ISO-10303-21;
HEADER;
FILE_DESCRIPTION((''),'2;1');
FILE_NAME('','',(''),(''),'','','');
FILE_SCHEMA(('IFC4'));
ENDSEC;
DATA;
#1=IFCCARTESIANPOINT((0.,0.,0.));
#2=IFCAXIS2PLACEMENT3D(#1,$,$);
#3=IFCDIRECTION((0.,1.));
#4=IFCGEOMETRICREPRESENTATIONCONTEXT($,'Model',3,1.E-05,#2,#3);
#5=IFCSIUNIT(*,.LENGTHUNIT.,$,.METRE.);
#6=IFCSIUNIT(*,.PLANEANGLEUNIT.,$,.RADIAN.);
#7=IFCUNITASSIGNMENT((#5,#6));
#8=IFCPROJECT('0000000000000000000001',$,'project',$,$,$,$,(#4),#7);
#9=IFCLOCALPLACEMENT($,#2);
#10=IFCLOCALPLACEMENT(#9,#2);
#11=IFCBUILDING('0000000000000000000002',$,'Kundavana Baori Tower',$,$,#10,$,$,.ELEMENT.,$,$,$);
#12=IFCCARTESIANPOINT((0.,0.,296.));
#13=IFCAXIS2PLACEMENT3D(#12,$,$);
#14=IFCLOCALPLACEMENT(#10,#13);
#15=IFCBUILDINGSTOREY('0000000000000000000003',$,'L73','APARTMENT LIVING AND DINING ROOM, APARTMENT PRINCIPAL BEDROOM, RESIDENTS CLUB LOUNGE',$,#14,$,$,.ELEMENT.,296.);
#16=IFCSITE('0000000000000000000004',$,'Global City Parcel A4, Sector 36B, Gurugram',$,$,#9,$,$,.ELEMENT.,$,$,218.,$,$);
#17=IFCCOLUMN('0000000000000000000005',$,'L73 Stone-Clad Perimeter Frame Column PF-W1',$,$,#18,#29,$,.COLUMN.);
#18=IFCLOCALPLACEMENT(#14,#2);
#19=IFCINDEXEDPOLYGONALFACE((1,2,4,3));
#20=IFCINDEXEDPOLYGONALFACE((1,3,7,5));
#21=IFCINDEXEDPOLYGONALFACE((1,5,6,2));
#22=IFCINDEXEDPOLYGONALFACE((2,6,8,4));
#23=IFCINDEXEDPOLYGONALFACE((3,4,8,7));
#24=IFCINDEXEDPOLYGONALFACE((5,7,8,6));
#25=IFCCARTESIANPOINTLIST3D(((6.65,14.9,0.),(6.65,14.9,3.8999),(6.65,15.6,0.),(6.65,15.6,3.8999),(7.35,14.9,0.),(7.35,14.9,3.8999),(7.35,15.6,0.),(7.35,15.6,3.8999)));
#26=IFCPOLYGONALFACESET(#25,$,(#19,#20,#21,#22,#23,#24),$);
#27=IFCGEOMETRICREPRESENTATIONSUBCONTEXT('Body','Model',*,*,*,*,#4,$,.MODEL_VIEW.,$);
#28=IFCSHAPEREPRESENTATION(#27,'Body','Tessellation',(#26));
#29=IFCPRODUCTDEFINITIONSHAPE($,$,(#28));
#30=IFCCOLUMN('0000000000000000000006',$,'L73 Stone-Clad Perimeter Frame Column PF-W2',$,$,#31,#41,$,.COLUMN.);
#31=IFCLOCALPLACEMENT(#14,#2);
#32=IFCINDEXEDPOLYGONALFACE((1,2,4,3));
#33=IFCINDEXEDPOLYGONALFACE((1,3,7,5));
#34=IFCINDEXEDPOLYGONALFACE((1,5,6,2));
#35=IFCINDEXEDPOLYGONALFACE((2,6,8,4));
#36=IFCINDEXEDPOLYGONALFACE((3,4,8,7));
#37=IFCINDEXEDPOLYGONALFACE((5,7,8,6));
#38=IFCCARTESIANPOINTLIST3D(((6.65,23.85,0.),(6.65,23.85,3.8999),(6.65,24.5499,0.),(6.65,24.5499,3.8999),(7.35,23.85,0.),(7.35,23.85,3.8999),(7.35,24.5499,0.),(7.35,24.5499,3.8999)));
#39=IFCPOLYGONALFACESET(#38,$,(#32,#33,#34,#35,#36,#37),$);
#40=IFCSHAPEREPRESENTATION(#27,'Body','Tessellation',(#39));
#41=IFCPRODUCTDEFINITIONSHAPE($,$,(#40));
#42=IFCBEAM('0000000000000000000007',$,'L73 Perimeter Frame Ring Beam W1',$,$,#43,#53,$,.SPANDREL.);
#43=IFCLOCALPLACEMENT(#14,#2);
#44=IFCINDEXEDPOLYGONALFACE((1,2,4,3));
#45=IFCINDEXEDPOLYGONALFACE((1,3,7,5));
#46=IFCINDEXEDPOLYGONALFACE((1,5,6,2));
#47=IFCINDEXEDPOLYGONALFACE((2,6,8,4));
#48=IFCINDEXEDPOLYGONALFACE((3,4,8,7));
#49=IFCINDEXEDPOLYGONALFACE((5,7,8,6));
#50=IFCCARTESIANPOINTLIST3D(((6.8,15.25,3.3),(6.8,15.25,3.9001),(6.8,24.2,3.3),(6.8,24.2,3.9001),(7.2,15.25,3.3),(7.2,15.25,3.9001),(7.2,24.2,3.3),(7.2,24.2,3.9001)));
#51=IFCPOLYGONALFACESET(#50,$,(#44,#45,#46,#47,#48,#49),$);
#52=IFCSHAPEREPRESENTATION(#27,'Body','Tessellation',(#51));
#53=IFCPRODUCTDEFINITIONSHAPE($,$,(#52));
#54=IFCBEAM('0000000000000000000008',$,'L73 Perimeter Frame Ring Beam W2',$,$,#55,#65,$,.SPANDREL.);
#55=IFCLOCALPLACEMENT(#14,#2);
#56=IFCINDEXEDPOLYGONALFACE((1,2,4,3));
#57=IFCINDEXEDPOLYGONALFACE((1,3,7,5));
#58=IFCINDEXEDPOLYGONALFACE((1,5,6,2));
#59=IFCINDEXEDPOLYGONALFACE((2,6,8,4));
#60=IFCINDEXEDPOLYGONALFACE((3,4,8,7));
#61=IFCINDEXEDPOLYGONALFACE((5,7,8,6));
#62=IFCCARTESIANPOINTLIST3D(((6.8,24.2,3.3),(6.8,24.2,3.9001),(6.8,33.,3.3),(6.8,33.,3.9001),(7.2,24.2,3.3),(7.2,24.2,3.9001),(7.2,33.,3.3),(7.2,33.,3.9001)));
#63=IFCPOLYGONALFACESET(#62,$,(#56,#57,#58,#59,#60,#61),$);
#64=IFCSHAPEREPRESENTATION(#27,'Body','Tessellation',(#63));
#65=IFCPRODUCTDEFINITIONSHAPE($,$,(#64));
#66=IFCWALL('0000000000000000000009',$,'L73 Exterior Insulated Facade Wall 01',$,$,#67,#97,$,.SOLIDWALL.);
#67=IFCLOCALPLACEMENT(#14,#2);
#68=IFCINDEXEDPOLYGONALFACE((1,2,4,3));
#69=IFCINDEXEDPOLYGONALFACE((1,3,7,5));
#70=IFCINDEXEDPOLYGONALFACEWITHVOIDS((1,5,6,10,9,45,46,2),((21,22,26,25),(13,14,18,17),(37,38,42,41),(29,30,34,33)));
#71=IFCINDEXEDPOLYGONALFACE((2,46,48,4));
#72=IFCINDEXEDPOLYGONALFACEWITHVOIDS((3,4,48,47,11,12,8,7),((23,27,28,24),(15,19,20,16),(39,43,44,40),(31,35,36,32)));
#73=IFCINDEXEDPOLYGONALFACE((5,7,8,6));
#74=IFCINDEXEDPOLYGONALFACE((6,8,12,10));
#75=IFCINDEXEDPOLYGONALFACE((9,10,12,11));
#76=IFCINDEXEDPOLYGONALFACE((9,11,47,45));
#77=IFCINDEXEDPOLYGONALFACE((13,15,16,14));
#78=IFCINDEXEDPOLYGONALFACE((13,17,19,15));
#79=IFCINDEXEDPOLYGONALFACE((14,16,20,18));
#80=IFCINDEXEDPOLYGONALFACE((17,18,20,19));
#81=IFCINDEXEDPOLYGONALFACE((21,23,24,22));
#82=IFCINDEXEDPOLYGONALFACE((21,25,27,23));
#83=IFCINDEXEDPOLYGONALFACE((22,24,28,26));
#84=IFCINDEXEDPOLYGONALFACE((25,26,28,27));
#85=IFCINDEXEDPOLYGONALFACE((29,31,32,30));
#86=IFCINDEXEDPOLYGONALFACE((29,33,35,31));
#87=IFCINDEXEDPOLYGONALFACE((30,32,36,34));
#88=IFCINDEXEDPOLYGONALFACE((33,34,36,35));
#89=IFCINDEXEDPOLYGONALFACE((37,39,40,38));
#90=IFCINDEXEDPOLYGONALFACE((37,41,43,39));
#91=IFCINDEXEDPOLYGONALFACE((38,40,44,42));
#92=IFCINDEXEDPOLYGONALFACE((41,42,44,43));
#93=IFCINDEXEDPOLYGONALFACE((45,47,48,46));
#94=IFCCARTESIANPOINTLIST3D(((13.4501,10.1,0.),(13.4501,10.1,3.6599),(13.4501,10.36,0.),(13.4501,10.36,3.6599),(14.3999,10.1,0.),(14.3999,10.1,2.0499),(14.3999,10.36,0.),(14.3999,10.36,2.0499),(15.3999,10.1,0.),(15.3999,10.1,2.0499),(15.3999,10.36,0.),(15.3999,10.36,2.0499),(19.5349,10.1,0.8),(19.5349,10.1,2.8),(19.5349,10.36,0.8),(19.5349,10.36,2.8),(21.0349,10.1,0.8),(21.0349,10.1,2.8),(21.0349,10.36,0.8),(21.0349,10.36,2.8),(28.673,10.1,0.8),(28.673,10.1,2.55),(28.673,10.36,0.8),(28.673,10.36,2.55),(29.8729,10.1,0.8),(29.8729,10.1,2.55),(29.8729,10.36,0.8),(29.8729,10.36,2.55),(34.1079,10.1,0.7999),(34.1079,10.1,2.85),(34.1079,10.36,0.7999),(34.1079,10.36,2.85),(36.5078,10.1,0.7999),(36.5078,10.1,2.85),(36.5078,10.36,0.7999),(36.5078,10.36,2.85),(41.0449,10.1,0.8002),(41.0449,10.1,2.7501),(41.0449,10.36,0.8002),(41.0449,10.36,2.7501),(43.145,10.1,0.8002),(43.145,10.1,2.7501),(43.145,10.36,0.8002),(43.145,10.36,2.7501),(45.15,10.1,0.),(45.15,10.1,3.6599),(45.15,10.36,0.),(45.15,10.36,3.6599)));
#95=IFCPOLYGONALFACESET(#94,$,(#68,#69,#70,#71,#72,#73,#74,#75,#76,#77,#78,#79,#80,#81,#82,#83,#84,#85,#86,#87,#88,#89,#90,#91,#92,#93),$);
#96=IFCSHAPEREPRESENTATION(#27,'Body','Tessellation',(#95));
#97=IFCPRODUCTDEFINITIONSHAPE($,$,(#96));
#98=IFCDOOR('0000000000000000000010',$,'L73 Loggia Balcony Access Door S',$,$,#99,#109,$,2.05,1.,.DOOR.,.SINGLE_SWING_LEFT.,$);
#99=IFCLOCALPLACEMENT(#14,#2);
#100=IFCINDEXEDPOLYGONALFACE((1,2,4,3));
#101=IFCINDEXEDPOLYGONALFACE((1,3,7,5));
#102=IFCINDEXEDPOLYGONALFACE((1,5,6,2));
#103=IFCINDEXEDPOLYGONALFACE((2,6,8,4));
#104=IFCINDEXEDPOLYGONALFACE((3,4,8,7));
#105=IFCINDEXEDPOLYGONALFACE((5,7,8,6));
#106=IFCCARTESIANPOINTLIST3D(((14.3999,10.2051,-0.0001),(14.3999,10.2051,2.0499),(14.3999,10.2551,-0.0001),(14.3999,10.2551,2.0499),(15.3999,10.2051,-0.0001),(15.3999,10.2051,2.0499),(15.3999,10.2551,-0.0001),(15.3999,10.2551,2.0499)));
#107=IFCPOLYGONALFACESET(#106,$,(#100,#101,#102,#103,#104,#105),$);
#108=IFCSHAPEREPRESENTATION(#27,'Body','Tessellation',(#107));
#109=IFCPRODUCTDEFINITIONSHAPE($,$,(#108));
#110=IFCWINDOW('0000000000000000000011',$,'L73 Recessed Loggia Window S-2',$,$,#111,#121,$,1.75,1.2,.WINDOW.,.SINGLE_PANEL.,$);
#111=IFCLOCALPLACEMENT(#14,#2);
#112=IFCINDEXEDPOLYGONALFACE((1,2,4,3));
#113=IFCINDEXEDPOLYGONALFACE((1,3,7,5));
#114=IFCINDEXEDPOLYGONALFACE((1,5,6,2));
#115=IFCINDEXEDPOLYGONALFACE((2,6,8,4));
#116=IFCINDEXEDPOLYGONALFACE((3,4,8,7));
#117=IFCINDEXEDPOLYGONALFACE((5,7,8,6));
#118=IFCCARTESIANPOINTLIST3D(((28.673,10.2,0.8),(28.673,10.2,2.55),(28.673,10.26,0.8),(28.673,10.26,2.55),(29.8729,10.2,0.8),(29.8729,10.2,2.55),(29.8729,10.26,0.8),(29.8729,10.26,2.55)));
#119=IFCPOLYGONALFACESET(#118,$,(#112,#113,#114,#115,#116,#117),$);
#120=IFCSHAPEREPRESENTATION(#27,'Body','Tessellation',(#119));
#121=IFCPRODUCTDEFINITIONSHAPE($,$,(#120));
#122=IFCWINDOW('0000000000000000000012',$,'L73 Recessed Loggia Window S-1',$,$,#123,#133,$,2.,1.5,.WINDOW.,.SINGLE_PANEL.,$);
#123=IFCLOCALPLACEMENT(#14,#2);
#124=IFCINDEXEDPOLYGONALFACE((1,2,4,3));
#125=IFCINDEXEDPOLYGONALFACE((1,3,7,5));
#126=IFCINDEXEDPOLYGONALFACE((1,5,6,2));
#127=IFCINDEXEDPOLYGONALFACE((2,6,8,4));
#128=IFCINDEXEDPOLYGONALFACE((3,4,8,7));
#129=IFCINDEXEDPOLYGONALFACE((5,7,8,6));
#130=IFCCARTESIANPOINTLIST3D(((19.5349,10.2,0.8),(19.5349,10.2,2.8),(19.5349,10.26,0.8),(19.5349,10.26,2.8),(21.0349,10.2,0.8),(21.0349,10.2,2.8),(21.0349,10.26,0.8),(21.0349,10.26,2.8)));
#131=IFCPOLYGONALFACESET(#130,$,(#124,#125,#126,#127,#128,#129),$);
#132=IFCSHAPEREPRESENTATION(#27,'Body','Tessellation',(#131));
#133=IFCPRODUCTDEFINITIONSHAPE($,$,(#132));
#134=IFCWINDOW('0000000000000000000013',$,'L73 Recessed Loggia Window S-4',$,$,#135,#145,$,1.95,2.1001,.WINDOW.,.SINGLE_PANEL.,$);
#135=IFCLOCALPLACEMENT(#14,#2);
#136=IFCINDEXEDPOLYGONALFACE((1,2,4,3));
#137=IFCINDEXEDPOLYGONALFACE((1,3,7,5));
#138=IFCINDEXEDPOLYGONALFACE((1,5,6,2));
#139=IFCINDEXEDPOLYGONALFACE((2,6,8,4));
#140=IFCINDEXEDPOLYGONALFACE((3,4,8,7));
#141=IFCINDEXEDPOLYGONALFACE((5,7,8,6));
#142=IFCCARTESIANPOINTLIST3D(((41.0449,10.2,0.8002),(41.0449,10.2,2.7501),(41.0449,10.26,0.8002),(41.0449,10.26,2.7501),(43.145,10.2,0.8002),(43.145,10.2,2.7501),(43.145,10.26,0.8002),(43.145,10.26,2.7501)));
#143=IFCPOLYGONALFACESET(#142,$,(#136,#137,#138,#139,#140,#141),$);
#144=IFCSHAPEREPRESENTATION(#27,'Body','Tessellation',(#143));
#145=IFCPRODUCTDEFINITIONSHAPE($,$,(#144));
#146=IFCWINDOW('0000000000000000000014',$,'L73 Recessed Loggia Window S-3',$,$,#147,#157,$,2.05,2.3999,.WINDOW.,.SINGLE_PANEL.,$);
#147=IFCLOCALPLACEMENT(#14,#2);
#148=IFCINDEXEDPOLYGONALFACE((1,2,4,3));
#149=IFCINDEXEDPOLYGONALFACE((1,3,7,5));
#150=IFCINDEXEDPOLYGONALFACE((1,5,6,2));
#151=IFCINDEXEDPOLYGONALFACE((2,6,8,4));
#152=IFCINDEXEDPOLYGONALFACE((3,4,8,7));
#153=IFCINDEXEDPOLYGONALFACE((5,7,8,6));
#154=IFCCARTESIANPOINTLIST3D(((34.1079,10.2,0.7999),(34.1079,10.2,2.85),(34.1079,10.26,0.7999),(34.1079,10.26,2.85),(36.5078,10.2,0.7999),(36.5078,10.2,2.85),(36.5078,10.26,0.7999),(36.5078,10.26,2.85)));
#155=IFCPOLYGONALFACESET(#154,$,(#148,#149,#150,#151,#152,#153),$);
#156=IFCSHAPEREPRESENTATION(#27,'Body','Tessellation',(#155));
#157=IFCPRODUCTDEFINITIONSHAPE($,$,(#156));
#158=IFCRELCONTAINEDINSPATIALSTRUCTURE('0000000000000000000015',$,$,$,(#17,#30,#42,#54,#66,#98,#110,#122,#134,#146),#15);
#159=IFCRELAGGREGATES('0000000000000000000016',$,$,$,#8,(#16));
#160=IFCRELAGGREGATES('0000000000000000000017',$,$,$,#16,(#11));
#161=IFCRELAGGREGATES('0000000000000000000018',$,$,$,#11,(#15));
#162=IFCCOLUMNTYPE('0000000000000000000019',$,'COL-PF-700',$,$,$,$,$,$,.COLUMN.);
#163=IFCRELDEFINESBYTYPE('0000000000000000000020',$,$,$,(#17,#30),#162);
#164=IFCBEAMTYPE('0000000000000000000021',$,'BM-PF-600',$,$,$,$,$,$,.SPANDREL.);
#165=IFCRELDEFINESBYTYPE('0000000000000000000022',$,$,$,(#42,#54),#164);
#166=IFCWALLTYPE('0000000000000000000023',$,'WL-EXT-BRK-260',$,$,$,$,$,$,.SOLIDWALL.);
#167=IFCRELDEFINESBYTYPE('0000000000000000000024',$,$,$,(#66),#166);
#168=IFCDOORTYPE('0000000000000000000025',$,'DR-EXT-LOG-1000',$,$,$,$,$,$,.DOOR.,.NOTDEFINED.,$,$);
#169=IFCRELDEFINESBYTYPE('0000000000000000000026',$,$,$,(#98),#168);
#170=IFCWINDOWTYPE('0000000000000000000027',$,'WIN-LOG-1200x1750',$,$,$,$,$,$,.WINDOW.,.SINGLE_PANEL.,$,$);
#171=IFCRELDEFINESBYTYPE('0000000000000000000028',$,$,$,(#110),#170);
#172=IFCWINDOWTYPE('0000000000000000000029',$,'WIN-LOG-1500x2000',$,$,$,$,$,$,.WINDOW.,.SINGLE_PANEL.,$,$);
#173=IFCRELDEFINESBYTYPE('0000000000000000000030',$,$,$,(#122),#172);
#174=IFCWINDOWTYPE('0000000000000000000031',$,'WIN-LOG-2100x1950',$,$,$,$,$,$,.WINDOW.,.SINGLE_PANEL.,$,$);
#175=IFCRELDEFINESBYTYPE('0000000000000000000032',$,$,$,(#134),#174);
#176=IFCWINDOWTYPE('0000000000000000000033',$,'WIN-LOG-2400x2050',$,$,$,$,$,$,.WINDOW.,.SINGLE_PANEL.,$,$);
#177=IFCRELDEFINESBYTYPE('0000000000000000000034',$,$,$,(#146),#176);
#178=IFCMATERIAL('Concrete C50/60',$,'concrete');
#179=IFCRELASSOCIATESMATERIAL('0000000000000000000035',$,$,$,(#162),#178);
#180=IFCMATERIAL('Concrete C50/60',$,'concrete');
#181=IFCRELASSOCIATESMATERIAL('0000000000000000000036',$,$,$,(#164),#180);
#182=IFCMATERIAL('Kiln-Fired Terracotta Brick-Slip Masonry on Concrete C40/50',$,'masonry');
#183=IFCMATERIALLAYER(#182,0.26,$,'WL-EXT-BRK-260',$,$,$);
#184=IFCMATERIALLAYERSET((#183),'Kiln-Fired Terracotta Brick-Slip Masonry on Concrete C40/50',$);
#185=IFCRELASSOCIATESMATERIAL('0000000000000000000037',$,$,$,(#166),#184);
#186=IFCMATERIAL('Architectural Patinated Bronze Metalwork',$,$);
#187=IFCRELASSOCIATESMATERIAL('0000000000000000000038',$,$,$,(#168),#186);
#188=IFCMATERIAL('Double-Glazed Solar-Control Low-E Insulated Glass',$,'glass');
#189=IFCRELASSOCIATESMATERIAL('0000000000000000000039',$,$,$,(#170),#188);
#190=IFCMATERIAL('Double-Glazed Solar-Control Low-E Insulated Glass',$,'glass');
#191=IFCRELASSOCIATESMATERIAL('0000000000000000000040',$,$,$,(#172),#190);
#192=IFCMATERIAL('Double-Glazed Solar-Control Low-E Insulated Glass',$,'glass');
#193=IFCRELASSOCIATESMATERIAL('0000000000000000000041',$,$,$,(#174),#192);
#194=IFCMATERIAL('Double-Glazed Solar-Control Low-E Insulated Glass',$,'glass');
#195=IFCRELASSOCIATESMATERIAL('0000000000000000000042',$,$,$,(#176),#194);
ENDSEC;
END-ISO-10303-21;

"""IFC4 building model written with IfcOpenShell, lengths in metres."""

from ifc_helpers import new_model, si_unit, direction, frame, frame_2d, origin, origin_2d, place, context, subcontext, project, spatial, rectangle, extrude, material, layer, layer_set, material_profile, profile_set, type_object, element, fill, save


model = new_model("IFC4")

# Units and contexts
model_context = context("Model", 3, precision=1e-05, world=origin(), true_north=direction((0.0, 1.0)))
body_context = subcontext(model_context, "Body", "Model", "MODEL_VIEW")
ifc_project = project(units=[si_unit("LENGTHUNIT", "METRE"), si_unit("PLANEANGLEUNIT", "RADIAN")], contexts=[model_context])

# Site, building, storey
site_placement = place(None, origin())
site = spatial("IfcSite", under=ifc_project, at=site_placement, Name="Global City Parcel A4, Sector 36B, Gurugram", CompositionType="ELEMENT", RefElevation=218.0)
building_placement = place(site_placement, origin())
building = spatial("IfcBuilding", under=site, at=building_placement, Name="Kundavana Baori Tower", CompositionType="ELEMENT")
storey_placement = place(building_placement, frame((0.0, 0.0, 296.0)))
storey = spatial("IfcBuildingStorey", under=building, at=storey_placement, Name="L73", Description="APARTMENT LIVING AND DINING ROOM, APARTMENT PRINCIPAL BEDROOM, RESIDENTS CLUB LOUNGE", CompositionType="ELEMENT", Elevation=296.0)

# Columns
ifc_material_1 = material(Name="Concrete C50/60", Category="concrete")
ifc_material_profile_1 = material_profile(ifc_material_1, rectangle(XDim=0.7, YDim=0.7, at=origin_2d()), Name="RC PF 700x700")
ifc_profile_set_1 = profile_set([ifc_material_profile_1], Name="Concrete C50/60")
column_type = type_object("IfcColumnType", Name="COL-PF-700", PredefinedType="COLUMN", material=ifc_profile_set_1)
for number, where, z_axis, x_axis, name in (
    (1, (7.0, 15.25, 0.0), (0.0, 0.0, 1.0), (1.0, 0.0, 0.0), "L73 Stone-Clad Perimeter Frame Column PF-W1"),
    (2, (7.0, 24.2, 0.0), (0.0, 0.0, 1.0), (1.0, 0.0, 0.0), "L73 Stone-Clad Perimeter Frame Column PF-W2"),
):
    element("IfcColumn", number, at=place(storey_placement, frame(where, z_axis=z_axis, x_axis=x_axis)), inside=storey, type_object=column_type, Name=name, PredefinedType="COLUMN", context=body_context, shape_type="SweptSolid", body=[
        extrude(rectangle(XDim=0.7, YDim=0.7, at=origin_2d()), origin(), (0.0, 0.0, 1.0), 3.8999),
    ])

# Beams
ifc_material_2 = material(Name="Concrete C50/60", Category="concrete")
ifc_material_profile_2 = material_profile(ifc_material_2, rectangle(XDim=0.3999, YDim=0.6001, at=origin_2d()), Name="RC BM 400x600")
ifc_profile_set_2 = profile_set([ifc_material_profile_2], Name="Concrete C50/60")
beam_type = type_object("IfcBeamType", Name="BM-PF-600", PredefinedType="SPANDREL", material=ifc_profile_set_2)
beam_1_placement = place(storey_placement, frame((7.0, 15.25, 3.6001), z_axis=(0.0, 1.0, 0.0), x_axis=(-1.0, 0.0, 0.0)))
element("IfcBeam", 3, at=beam_1_placement, inside=storey, type_object=beam_type, Name="L73 Perimeter Frame Ring Beam W1", PredefinedType="SPANDREL", context=body_context, shape_type="SweptSolid", body=[
    extrude(rectangle(XDim=0.3999, YDim=0.6001, at=origin_2d()), origin(), (0.0, 0.0, 1.0), 8.95),
])
beam_2_placement = place(storey_placement, frame((7.0, 24.2, 3.6001), z_axis=(0.0, 1.0, 0.0), x_axis=(-1.0, 0.0, 0.0)))
element("IfcBeam", 4, at=beam_2_placement, inside=storey, type_object=beam_type, Name="L73 Perimeter Frame Ring Beam W2", PredefinedType="SPANDREL", context=body_context, shape_type="SweptSolid", body=[
    extrude(rectangle(XDim=0.3999, YDim=0.6001, at=origin_2d()), origin(), (0.0, 0.0, 1.0), 8.8),
])

# Wall, openings, door, windows
ifc_material_3 = material(Name="Kiln-Fired Terracotta Brick-Slip Masonry on Concrete C40/50", Category="masonry")
ifc_layer_1 = layer(ifc_material_3, 0.26, Name="WL-EXT-BRK-260")
ifc_layer_set_1 = layer_set([ifc_layer_1], Name="Kiln-Fired Terracotta Brick-Slip Masonry on Concrete C40/50")
wall_type_1 = type_object("IfcWallType", Name="WL-EXT-BRK-260", PredefinedType="SOLIDWALL", material=ifc_layer_set_1)
wall_1_placement = place(storey_placement, frame((13.45, 10.23, 0.0), z_axis=(0.0, 0.0, 1.0), x_axis=(1.0, 0.0, 0.0)))
wall_1 = element("IfcWall", 5, at=wall_1_placement, inside=storey, type_object=wall_type_1, Name="L73 Exterior Insulated Facade Wall 01", PredefinedType="SOLIDWALL", context=body_context, shape_type="SweptSolid", body=[
    extrude(rectangle(XDim=31.7, YDim=0.26, at=frame_2d((15.8501, 0.0))), origin(), (0.0, 0.0, 1.0), 3.6599),
])
opening_1_placement = place(wall_1_placement, frame((0.95, 0.0, 0.0)))
opening_1 = element("IfcOpeningElement", 6, at=opening_1_placement, cuts=wall_1, PredefinedType="OPENING", context=body_context, shape_type="SweptSolid", body=[
    extrude(rectangle(XDim=1.0, YDim=2.05, at=frame_2d((0.5, 1.0249))), frame((0.0, 0.1401, 0.0), z_axis=(0.0, -1.0, 0.0), x_axis=(1.0, 0.0, 0.0)), (0.0, 0.0, 1.0), 0.28),
])
opening_2_placement = place(wall_1_placement, frame((6.085, 0.0, 0.8)))
opening_2 = element("IfcOpeningElement", 7, at=opening_2_placement, cuts=wall_1, PredefinedType="OPENING", context=body_context, shape_type="SweptSolid", body=[
    extrude(rectangle(XDim=1.5, YDim=2.0, at=frame_2d((0.75, 1.0))), frame((0.0, 0.1401, 0.0), z_axis=(0.0, -1.0, 0.0), x_axis=(1.0, 0.0, 0.0)), (0.0, 0.0, 1.0), 0.28),
])
opening_3_placement = place(wall_1_placement, frame((15.2229, 0.0, 0.8)))
opening_3 = element("IfcOpeningElement", 8, at=opening_3_placement, cuts=wall_1, PredefinedType="OPENING", context=body_context, shape_type="SweptSolid", body=[
    extrude(rectangle(XDim=1.2, YDim=1.75, at=frame_2d((0.6001, 0.875))), frame((0.0, 0.1401, 0.0), z_axis=(0.0, -1.0, 0.0), x_axis=(1.0, 0.0, 0.0)), (0.0, 0.0, 1.0), 0.28),
])
opening_4_placement = place(wall_1_placement, frame((20.658, 0.0, 0.8)))
opening_4 = element("IfcOpeningElement", 9, at=opening_4_placement, cuts=wall_1, PredefinedType="OPENING", context=body_context, shape_type="SweptSolid", body=[
    extrude(rectangle(XDim=2.3999, YDim=2.05, at=frame_2d((1.2, 1.0249))), frame((0.0, 0.1401, 0.0), z_axis=(0.0, -1.0, 0.0), x_axis=(1.0, 0.0, 0.0)), (0.0, 0.0, 1.0), 0.28),
])
opening_5_placement = place(wall_1_placement, frame((27.595, 0.0, 0.8)))
opening_5 = element("IfcOpeningElement", 10, at=opening_5_placement, cuts=wall_1, PredefinedType="OPENING", context=body_context, shape_type="SweptSolid", body=[
    extrude(rectangle(XDim=2.1001, YDim=1.95, at=frame_2d((1.05, 0.9751))), frame((0.0, 0.1401, 0.0), z_axis=(0.0, -1.0, 0.0), x_axis=(1.0, 0.0, 0.0)), (0.0, 0.0, 1.0), 0.28),
])
ifc_material_4 = material(Name="Architectural Patinated Bronze Metalwork")
door_type_1 = type_object("IfcDoorType", Name="DR-EXT-LOG-1000", OperationType="NOTDEFINED", PredefinedType="DOOR", material=ifc_material_4)
door_1_placement = place(opening_1_placement, frame((1.0, 0.0, 0.0), z_axis=(0.0, 0.0, 1.0), x_axis=(-1.0, 0.0, 0.0)))
door_1 = element("IfcDoor", 11, at=door_1_placement, inside=storey, type_object=door_type_1, Name="L73 Loggia Balcony Access Door S", OperationType="SINGLE_SWING_LEFT", OverallHeight=2.05, OverallWidth=1.0, PredefinedType="DOOR", context=body_context, shape_type="SweptSolid", body=[
    extrude(rectangle(XDim=1.0, YDim=2.05, at=frame_2d((0.5, 1.0249))), frame((0.0, 0.0249, 0.0), z_axis=(0.0, -1.0, 0.0), x_axis=(1.0, 0.0, 0.0)), (0.0, 0.0, 1.0), 0.05),
])
fill(opening_1, door_1)
ifc_material_5 = material(Name="Double-Glazed Solar-Control Low-E Insulated Glass", Category="glass")
window_type_1 = type_object("IfcWindowType", Name="WIN-LOG-1200x1750", PartitioningType="SINGLE_PANEL", PredefinedType="WINDOW", material=ifc_material_5)
window_1_placement = place(opening_3_placement, origin())
window_1 = element("IfcWindow", 12, at=window_1_placement, inside=storey, type_object=window_type_1, Name="L73 Recessed Loggia Window S-2", OverallHeight=1.75, OverallWidth=1.2, PartitioningType="SINGLE_PANEL", PredefinedType="WINDOW", context=body_context, shape_type="SweptSolid", body=[
    extrude(rectangle(XDim=1.2, YDim=1.75, at=frame_2d((0.6001, 0.875))), frame((0.0, 0.03, 0.0), z_axis=(0.0, -1.0, 0.0), x_axis=(1.0, 0.0, 0.0)), (0.0, 0.0, 1.0), 0.0601),
])
fill(opening_3, window_1)
ifc_material_6 = material(Name="Double-Glazed Solar-Control Low-E Insulated Glass", Category="glass")
window_type_2 = type_object("IfcWindowType", Name="WIN-LOG-1500x2000", PartitioningType="SINGLE_PANEL", PredefinedType="WINDOW", material=ifc_material_6)
window_2_placement = place(opening_2_placement, origin())
window_2 = element("IfcWindow", 13, at=window_2_placement, inside=storey, type_object=window_type_2, Name="L73 Recessed Loggia Window S-1", OverallHeight=2.0, OverallWidth=1.5, PartitioningType="SINGLE_PANEL", PredefinedType="WINDOW", context=body_context, shape_type="SweptSolid", body=[
    extrude(rectangle(XDim=1.5, YDim=2.0, at=frame_2d((0.75, 1.0))), frame((0.0, 0.03, 0.0), z_axis=(0.0, -1.0, 0.0), x_axis=(1.0, 0.0, 0.0)), (0.0, 0.0, 1.0), 0.0601),
])
fill(opening_2, window_2)
ifc_material_7 = material(Name="Double-Glazed Solar-Control Low-E Insulated Glass", Category="glass")
window_type_3 = type_object("IfcWindowType", Name="WIN-LOG-2100x1950", PartitioningType="SINGLE_PANEL", PredefinedType="WINDOW", material=ifc_material_7)
window_3_placement = place(opening_5_placement, origin())
window_3 = element("IfcWindow", 14, at=window_3_placement, inside=storey, type_object=window_type_3, Name="L73 Recessed Loggia Window S-4", OverallHeight=1.95, OverallWidth=2.1001, PartitioningType="SINGLE_PANEL", PredefinedType="WINDOW", context=body_context, shape_type="SweptSolid", body=[
    extrude(rectangle(XDim=2.1001, YDim=1.95, at=frame_2d((1.05, 0.9751))), frame((0.0, 0.03, 0.0), z_axis=(0.0, -1.0, 0.0), x_axis=(1.0, 0.0, 0.0)), (0.0, 0.0, 1.0), 0.0601),
])
fill(opening_5, window_3)
ifc_material_8 = material(Name="Double-Glazed Solar-Control Low-E Insulated Glass", Category="glass")
window_type_4 = type_object("IfcWindowType", Name="WIN-LOG-2400x2050", PartitioningType="SINGLE_PANEL", PredefinedType="WINDOW", material=ifc_material_8)
window_4_placement = place(opening_4_placement, origin())
window_4 = element("IfcWindow", 15, at=window_4_placement, inside=storey, type_object=window_type_4, Name="L73 Recessed Loggia Window S-3", OverallHeight=2.05, OverallWidth=2.3999, PartitioningType="SINGLE_PANEL", PredefinedType="WINDOW", context=body_context, shape_type="SweptSolid", body=[
    extrude(rectangle(XDim=2.3999, YDim=2.05, at=frame_2d((1.2, 1.0249))), frame((0.0, 0.03, 0.0), z_axis=(0.0, -1.0, 0.0), x_axis=(1.0, 0.0, 0.0)), (0.0, 0.0, 1.0), 0.0601),
])
fill(opening_4, window_4)

save(model, "model.ifc")
